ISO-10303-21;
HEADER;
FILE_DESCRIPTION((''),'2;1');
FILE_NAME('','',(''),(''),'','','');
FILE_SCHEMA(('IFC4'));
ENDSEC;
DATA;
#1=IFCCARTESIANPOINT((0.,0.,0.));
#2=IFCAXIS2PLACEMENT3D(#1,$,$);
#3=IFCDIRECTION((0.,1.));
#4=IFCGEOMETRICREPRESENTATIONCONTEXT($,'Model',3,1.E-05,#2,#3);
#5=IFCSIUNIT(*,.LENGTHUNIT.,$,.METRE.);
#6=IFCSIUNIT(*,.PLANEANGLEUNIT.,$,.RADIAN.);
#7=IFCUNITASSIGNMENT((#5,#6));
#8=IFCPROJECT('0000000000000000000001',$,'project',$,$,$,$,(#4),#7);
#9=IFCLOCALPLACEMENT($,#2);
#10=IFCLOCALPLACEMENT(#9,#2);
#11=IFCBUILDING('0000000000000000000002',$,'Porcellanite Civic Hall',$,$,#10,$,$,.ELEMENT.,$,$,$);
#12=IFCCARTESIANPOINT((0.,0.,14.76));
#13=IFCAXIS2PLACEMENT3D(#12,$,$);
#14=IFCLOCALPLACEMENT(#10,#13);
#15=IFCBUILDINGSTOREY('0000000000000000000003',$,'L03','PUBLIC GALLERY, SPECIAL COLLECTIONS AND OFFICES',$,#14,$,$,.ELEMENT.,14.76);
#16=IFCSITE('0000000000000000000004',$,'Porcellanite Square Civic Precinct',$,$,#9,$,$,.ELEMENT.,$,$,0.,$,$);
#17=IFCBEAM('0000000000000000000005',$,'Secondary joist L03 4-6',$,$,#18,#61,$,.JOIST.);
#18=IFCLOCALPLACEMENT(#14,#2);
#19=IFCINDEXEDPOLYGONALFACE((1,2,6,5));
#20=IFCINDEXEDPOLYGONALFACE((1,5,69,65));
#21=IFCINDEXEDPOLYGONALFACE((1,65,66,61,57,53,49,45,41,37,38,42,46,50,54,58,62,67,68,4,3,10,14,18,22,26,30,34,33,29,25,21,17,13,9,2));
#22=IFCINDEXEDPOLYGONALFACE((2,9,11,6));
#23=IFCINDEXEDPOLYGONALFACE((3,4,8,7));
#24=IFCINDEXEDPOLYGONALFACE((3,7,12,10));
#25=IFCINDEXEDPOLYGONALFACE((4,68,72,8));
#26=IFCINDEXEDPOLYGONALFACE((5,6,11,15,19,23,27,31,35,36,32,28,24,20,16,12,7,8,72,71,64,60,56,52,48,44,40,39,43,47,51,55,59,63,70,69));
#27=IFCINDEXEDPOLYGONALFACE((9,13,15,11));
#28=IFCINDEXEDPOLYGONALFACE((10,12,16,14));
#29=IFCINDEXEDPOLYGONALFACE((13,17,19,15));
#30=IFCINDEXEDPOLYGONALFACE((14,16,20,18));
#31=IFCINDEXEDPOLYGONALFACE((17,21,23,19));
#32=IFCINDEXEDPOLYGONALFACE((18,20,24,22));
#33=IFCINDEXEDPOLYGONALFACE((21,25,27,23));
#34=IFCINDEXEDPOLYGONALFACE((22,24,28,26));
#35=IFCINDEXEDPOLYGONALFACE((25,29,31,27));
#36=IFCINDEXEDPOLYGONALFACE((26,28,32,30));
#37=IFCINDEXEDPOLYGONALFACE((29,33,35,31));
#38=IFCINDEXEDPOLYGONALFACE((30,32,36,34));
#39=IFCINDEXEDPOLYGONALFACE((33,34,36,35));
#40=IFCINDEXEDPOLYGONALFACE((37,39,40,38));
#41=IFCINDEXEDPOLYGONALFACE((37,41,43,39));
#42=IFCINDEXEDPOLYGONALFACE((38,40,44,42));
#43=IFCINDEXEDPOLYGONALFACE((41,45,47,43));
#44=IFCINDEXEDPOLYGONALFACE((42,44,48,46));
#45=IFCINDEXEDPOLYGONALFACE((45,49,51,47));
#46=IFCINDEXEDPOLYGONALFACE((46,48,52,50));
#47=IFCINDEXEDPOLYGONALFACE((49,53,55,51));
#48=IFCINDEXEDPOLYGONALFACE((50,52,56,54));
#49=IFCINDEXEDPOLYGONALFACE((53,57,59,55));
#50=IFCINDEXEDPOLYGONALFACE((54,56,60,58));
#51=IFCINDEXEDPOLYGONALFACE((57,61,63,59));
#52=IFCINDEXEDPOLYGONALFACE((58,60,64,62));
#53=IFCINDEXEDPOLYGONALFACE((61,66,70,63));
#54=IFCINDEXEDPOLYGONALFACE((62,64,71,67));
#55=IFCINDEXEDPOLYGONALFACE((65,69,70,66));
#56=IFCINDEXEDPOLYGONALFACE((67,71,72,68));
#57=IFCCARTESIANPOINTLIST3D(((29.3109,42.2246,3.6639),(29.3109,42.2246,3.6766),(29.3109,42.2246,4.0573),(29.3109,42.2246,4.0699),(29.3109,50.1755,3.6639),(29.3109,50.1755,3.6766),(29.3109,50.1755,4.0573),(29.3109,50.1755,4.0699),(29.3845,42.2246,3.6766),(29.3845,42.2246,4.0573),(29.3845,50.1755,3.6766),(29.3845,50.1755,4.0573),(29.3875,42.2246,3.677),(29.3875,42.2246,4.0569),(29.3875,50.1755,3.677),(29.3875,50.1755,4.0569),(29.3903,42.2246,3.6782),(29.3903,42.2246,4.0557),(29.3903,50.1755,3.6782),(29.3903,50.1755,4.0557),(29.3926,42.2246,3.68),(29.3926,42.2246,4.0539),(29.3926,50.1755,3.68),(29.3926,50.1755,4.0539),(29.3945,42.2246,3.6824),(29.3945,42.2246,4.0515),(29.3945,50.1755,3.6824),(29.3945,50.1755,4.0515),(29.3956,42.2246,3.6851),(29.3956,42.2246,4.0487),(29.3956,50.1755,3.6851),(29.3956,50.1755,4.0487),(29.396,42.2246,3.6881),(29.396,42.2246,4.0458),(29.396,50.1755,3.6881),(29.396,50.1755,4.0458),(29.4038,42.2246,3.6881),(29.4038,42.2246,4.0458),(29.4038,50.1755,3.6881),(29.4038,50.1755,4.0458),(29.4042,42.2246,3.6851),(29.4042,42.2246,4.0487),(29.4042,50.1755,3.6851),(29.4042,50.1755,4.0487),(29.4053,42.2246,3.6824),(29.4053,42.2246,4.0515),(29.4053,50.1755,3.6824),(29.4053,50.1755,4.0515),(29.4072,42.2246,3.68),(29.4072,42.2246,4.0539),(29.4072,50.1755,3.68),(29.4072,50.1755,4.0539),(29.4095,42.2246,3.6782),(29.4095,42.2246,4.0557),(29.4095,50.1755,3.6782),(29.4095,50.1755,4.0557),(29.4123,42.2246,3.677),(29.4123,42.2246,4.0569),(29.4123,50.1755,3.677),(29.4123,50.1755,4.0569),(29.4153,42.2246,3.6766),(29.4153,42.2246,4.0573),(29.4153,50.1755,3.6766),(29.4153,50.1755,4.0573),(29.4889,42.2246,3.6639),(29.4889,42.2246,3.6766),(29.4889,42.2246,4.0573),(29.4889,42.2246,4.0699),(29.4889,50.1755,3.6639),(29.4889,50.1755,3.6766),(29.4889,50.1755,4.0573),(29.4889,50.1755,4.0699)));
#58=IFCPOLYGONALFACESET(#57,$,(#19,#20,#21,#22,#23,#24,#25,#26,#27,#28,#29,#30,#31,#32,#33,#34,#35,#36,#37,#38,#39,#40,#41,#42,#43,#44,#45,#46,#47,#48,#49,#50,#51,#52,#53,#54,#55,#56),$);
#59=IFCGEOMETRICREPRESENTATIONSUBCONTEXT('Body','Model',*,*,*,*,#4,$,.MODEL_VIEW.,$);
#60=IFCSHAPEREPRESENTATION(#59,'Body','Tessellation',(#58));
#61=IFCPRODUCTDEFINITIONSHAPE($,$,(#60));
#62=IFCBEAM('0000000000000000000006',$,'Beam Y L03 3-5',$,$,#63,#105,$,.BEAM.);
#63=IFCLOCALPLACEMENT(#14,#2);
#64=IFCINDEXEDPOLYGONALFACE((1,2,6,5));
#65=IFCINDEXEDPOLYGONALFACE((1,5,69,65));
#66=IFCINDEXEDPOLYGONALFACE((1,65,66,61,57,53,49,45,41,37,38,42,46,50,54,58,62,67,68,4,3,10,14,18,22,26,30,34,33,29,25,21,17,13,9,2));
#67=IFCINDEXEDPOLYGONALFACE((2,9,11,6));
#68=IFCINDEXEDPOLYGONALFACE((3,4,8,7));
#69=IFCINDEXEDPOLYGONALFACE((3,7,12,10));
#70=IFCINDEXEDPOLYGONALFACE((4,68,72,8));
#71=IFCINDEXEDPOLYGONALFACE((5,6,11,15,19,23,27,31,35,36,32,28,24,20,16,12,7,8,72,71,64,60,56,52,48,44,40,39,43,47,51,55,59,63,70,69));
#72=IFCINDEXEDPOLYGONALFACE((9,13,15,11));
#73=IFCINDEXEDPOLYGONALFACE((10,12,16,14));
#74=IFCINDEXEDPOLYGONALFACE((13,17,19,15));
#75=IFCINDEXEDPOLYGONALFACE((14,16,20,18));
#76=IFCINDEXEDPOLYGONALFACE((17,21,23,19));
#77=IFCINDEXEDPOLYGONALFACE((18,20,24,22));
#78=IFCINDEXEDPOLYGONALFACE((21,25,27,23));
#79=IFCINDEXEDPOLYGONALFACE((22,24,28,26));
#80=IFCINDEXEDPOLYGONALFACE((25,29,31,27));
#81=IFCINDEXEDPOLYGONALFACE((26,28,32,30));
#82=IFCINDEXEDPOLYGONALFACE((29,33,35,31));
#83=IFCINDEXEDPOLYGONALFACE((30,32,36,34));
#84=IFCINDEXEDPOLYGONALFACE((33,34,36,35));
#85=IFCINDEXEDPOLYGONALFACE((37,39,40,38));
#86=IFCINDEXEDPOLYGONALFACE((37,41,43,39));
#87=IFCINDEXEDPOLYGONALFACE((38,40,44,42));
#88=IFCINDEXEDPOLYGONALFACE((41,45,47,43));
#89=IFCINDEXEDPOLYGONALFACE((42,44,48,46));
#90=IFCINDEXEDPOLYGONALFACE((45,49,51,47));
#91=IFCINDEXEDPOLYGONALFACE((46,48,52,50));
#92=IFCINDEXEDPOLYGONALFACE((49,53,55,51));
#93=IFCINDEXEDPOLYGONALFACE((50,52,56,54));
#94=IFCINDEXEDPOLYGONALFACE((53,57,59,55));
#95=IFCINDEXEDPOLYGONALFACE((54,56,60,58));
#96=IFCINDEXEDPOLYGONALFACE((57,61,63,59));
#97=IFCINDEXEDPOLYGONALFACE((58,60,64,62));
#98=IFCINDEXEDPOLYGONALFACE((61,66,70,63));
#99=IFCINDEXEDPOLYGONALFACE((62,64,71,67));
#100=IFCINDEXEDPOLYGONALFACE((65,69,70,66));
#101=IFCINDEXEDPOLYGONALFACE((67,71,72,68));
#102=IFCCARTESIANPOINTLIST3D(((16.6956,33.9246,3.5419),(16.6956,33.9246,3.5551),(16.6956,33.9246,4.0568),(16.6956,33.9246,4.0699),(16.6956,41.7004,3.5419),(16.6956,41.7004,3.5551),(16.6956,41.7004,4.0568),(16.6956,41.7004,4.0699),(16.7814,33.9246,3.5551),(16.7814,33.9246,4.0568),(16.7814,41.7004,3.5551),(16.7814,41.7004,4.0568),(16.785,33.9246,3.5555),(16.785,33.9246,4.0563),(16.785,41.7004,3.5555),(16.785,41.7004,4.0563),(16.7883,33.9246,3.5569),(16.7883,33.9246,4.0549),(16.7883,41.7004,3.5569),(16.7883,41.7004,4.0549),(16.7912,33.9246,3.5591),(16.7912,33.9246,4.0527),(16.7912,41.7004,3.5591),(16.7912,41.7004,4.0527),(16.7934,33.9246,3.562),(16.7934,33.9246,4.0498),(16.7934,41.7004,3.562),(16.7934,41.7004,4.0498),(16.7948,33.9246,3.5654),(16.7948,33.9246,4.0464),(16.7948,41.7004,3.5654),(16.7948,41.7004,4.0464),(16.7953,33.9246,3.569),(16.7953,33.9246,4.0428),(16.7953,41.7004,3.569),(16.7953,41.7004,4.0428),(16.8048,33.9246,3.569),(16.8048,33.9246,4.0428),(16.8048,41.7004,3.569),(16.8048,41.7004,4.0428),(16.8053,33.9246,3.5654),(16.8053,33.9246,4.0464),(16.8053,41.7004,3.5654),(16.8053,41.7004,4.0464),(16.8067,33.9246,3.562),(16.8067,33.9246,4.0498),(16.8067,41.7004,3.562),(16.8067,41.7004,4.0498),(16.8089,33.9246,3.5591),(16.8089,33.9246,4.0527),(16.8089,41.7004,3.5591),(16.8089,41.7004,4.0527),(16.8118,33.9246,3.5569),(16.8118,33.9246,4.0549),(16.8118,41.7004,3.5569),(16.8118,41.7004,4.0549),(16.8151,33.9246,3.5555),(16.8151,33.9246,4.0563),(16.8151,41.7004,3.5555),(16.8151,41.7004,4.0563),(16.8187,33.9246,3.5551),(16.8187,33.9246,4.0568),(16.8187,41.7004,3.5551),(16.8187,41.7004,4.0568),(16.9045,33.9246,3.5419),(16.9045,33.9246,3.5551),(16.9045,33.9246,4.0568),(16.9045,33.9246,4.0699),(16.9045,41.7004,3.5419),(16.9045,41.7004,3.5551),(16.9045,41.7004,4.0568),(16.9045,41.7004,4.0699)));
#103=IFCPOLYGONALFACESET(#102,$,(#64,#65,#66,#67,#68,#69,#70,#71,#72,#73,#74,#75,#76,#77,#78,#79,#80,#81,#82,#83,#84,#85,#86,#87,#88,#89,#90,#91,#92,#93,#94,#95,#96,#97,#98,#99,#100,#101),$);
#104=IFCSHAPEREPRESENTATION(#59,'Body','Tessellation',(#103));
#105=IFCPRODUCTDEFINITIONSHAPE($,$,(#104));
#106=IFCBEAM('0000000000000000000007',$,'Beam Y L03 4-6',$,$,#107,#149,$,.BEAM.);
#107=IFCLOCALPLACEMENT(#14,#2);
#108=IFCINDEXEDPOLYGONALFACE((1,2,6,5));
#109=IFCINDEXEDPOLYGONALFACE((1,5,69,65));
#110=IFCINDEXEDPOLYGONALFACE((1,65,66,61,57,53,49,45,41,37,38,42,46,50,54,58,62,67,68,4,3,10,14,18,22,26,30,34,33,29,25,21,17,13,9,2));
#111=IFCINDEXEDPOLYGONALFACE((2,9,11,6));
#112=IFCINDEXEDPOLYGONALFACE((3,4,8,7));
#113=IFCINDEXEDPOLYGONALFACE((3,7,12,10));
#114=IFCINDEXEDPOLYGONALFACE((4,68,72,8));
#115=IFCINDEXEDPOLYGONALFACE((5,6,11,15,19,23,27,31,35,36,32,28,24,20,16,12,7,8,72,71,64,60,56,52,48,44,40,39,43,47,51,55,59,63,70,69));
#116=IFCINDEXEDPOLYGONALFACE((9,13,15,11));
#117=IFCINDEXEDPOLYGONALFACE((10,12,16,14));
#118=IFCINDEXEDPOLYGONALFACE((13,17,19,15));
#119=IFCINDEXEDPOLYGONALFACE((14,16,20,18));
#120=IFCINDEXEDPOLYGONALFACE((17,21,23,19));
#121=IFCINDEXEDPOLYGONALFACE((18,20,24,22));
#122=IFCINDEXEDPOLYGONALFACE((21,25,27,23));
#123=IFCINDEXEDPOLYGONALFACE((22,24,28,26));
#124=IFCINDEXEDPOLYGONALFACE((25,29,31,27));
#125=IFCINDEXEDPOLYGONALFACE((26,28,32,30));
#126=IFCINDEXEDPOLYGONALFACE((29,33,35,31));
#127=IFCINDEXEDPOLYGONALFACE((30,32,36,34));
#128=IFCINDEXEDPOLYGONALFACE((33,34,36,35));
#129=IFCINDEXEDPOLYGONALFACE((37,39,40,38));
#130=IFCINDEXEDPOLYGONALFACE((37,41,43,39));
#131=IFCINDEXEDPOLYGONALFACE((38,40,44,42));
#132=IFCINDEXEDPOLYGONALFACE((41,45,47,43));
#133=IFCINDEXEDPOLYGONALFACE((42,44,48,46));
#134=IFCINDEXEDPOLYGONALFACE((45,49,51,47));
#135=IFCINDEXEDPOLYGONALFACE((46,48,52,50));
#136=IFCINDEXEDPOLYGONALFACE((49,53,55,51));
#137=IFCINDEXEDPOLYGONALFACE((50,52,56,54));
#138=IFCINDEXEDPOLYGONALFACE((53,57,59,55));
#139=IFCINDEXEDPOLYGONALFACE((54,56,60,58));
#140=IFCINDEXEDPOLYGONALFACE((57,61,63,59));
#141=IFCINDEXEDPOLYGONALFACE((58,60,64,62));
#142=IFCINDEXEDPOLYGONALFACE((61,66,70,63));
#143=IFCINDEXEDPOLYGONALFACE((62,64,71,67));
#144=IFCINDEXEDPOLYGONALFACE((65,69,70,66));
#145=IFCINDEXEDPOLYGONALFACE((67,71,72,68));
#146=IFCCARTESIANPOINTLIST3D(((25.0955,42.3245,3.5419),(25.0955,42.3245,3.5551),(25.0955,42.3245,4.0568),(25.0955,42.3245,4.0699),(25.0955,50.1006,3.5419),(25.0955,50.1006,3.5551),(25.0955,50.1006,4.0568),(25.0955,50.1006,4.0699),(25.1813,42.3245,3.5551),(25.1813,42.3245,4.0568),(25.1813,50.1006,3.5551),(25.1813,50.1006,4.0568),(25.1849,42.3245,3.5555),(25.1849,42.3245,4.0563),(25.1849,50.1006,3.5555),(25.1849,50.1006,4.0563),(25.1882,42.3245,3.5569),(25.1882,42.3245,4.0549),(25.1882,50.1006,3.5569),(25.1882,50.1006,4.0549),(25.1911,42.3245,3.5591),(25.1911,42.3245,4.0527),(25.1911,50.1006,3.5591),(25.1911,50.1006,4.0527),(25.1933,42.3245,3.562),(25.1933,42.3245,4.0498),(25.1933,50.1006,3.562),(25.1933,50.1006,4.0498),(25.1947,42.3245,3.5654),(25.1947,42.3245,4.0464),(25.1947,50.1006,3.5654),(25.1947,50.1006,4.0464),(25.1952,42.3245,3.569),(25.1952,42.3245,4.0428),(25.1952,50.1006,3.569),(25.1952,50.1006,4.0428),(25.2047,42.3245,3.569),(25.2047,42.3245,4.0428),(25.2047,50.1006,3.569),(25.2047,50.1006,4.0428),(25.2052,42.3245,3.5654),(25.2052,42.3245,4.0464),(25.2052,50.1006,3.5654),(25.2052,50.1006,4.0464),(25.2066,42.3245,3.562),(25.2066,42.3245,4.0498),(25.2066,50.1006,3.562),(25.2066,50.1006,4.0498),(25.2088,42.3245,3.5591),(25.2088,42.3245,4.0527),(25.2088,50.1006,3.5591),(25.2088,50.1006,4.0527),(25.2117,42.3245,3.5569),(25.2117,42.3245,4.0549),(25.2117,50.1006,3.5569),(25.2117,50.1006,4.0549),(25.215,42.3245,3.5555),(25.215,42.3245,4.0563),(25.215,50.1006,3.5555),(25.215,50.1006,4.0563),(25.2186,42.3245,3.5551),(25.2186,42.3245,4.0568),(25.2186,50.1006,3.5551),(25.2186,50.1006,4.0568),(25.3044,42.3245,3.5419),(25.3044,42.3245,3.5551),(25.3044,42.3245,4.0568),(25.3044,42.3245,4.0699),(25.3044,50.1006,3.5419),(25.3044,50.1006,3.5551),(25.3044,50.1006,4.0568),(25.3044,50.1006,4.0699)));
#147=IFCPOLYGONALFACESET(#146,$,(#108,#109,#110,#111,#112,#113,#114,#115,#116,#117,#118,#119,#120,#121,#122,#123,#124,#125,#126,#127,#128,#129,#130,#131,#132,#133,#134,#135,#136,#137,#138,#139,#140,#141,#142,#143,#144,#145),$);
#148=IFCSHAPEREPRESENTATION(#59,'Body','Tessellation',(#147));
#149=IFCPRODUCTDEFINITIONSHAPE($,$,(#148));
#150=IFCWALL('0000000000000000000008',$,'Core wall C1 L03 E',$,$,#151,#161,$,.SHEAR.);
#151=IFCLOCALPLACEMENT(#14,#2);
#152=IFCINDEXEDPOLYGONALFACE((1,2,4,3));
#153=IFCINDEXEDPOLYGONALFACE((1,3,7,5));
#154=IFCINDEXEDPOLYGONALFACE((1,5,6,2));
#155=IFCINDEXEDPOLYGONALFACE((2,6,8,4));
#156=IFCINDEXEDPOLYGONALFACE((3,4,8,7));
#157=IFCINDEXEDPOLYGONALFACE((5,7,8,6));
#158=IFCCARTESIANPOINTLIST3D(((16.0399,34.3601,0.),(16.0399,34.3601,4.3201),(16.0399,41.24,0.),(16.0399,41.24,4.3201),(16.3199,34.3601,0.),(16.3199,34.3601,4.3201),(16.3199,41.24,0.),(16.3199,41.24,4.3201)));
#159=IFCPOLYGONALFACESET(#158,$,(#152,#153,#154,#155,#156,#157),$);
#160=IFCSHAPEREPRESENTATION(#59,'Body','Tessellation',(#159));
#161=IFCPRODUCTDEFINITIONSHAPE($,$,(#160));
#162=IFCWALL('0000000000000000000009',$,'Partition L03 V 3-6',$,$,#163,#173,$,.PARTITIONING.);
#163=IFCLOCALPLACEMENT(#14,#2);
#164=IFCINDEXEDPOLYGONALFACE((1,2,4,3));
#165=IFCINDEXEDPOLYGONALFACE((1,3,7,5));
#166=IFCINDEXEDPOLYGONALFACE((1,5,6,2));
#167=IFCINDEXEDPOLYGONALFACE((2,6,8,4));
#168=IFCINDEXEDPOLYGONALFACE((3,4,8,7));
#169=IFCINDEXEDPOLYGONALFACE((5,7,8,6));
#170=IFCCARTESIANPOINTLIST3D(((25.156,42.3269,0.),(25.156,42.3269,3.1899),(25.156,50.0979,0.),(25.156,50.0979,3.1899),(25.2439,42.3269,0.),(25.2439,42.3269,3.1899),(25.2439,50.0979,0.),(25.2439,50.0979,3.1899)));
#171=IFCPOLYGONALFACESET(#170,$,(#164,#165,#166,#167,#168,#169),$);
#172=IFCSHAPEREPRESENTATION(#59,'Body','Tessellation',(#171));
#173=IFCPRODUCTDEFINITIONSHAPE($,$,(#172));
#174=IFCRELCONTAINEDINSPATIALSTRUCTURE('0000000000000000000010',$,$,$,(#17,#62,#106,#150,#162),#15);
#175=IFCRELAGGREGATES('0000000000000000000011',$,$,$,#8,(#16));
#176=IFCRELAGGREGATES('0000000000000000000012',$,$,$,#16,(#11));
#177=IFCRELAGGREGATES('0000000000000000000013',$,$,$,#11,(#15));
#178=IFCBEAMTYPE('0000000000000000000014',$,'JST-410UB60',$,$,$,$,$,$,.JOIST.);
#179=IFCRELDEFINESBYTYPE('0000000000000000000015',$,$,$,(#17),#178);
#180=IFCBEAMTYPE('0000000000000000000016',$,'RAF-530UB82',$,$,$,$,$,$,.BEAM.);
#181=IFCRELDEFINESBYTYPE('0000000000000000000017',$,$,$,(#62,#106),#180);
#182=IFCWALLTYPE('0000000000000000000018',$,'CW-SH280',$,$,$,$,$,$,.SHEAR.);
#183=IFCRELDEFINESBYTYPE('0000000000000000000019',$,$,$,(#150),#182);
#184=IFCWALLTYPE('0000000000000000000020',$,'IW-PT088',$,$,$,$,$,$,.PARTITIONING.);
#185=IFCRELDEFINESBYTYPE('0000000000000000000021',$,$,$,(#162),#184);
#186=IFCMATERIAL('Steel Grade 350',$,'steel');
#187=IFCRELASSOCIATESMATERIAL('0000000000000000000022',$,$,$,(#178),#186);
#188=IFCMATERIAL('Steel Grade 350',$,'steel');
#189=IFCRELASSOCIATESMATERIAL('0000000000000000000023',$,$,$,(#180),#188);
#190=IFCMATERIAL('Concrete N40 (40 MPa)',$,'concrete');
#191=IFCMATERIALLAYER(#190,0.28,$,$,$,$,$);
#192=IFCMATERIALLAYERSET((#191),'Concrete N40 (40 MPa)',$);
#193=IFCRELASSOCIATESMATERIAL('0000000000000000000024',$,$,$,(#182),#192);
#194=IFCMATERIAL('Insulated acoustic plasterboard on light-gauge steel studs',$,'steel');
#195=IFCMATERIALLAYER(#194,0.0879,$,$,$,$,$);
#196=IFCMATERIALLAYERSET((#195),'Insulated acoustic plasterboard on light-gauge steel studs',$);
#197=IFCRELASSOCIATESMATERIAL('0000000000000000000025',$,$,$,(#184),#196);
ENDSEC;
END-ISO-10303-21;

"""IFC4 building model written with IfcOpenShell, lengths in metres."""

from ifc_helpers import new_model, si_unit, direction, frame, frame_2d, origin, origin_2d, place, context, subcontext, project, spatial, rectangle, i_section, extrude, material, layer, layer_set, material_profile, profile_set, type_object, element, save


model = new_model("IFC4")

# Units and contexts
model_context = context("Model", 3, precision=1e-05, world=origin(), true_north=direction((0.0, 1.0)))
body_context = subcontext(model_context, "Body", "Model", "MODEL_VIEW")
ifc_project = project(units=[si_unit("LENGTHUNIT", "METRE"), si_unit("PLANEANGLEUNIT", "RADIAN")], contexts=[model_context])

# Site, building, storey
site_placement = place(None, origin())
site = spatial("IfcSite", under=ifc_project, at=site_placement, Name="Porcellanite Square Civic Precinct", CompositionType="ELEMENT", RefElevation=0.0)
building_placement = place(site_placement, origin())
building = spatial("IfcBuilding", under=site, at=building_placement, Name="Porcellanite Civic Hall", CompositionType="ELEMENT")
storey_placement = place(building_placement, frame((0.0, 0.0, 14.76)))
storey = spatial("IfcBuildingStorey", under=building, at=storey_placement, Name="L03", Description="PUBLIC GALLERY, SPECIAL COLLECTIONS AND OFFICES", CompositionType="ELEMENT", Elevation=14.76)

# Beams
ifc_material_1 = material(Name="Steel Grade 350", Category="steel")
ifc_material_profile_1 = material_profile(ifc_material_1, i_section(OverallWidth=0.178, OverallDepth=0.406, WebThickness=0.0078, FlangeThickness=0.0127, FilletRadius=0.0115, at=origin_2d()), Name="410UB59.7")
ifc_profile_set_1 = profile_set([ifc_material_profile_1], Name="Steel Grade 350")
beam_type_1 = type_object("IfcBeamType", Name="JST-410UB60", PredefinedType="JOIST", material=ifc_profile_set_1)
beam_1_placement = place(storey_placement, frame((29.3999, 42.2246, 3.8669), z_axis=(0.0, 1.0, 0.0), x_axis=(-1.0, 0.0, 0.0)))
element("IfcBeam", 1, at=beam_1_placement, inside=storey, type_object=beam_type_1, Name="Secondary joist L03 4-6", PredefinedType="JOIST", context=body_context, shape_type="SweptSolid", body=[
    extrude(i_section(OverallWidth=0.178, OverallDepth=0.406, WebThickness=0.0078, FlangeThickness=0.0127, FilletRadius=0.0115, at=origin_2d()), origin(), (0.0, 0.0, 1.0), 7.9509),
])
ifc_material_2 = material(Name="Steel Grade 350", Category="steel")
ifc_material_profile_2 = material_profile(ifc_material_2, i_section(OverallWidth=0.209, OverallDepth=0.5281, WebThickness=0.0095, FlangeThickness=0.0132, FilletRadius=0.0139, at=origin_2d()), Name="530UB82.0")
ifc_profile_set_2 = profile_set([ifc_material_profile_2], Name="Steel Grade 350")
beam_type_2 = type_object("IfcBeamType", Name="RAF-530UB82", PredefinedType="BEAM", material=ifc_profile_set_2)
beam_2_placement = place(storey_placement, frame((16.8, 33.9246, 3.8059), z_axis=(0.0, 1.0, 0.0), x_axis=(-1.0, 0.0, 0.0)))
element("IfcBeam", 2, at=beam_2_placement, inside=storey, type_object=beam_type_2, Name="Beam Y L03 3-5", PredefinedType="BEAM", context=body_context, shape_type="SweptSolid", body=[
    extrude(i_section(OverallWidth=0.209, OverallDepth=0.5281, WebThickness=0.0095, FlangeThickness=0.0132, FilletRadius=0.0139, at=origin_2d()), origin(), (0.0, 0.0, 1.0), 7.7759),
])
beam_3_placement = place(storey_placement, frame((25.2, 42.3245, 3.8059), z_axis=(0.0, 1.0, 0.0), x_axis=(-1.0, 0.0, 0.0)))
element("IfcBeam", 3, at=beam_3_placement, inside=storey, type_object=beam_type_2, Name="Beam Y L03 4-6", PredefinedType="BEAM", context=body_context, shape_type="SweptSolid", body=[
    extrude(i_section(OverallWidth=0.209, OverallDepth=0.5281, WebThickness=0.0095, FlangeThickness=0.0132, FilletRadius=0.0139, at=origin_2d()), origin(), (0.0, 0.0, 1.0), 7.7761),
])

# Shared definitions
ifc_material_3 = material(Name="Concrete N40 (40 MPa)", Category="concrete")
ifc_layer_1 = layer(ifc_material_3, 0.28)
ifc_layer_set_1 = layer_set([ifc_layer_1], Name="Concrete N40 (40 MPa)")
wall_type_1 = type_object("IfcWallType", Name="CW-SH280", PredefinedType="SHEAR", material=ifc_layer_set_1)

# Walls
wall_1_placement = place(storey_placement, frame((16.1799, 41.24, 0.0), z_axis=(0.0, 0.0, 1.0), x_axis=(0.0, -1.0, 0.0)))
element("IfcWall", 4, at=wall_1_placement, inside=storey, type_object=wall_type_1, Name="Core wall C1 L03 E", PredefinedType="SHEAR", context=body_context, shape_type="SweptSolid", body=[
    extrude(rectangle(XDim=6.8799, YDim=0.28, at=frame_2d((3.4399, 0.0))), origin(), (0.0, 0.0, 1.0), 4.3201),
])
ifc_material_4 = material(Name="Insulated acoustic plasterboard on light-gauge steel studs", Category="steel")
ifc_layer_2 = layer(ifc_material_4, 0.0879)
ifc_layer_set_2 = layer_set([ifc_layer_2], Name="Insulated acoustic plasterboard on light-gauge steel studs")
wall_type_2 = type_object("IfcWallType", Name="IW-PT088", PredefinedType="PARTITIONING", material=ifc_layer_set_2)
wall_2_placement = place(storey_placement, frame((25.2, 42.3269, 0.0), z_axis=(0.0, 0.0, 1.0), x_axis=(0.0, 1.0, 0.0)))
element("IfcWall", 5, at=wall_2_placement, inside=storey, type_object=wall_type_2, Name="Partition L03 V 3-6", PredefinedType="PARTITIONING", context=body_context, shape_type="SweptSolid", body=[
    extrude(rectangle(XDim=7.771, YDim=0.0879, at=frame_2d((3.8855, 0.0))), origin(), (0.0, 0.0, 1.0), 3.1899),
])

save(model, "model.ifc")
